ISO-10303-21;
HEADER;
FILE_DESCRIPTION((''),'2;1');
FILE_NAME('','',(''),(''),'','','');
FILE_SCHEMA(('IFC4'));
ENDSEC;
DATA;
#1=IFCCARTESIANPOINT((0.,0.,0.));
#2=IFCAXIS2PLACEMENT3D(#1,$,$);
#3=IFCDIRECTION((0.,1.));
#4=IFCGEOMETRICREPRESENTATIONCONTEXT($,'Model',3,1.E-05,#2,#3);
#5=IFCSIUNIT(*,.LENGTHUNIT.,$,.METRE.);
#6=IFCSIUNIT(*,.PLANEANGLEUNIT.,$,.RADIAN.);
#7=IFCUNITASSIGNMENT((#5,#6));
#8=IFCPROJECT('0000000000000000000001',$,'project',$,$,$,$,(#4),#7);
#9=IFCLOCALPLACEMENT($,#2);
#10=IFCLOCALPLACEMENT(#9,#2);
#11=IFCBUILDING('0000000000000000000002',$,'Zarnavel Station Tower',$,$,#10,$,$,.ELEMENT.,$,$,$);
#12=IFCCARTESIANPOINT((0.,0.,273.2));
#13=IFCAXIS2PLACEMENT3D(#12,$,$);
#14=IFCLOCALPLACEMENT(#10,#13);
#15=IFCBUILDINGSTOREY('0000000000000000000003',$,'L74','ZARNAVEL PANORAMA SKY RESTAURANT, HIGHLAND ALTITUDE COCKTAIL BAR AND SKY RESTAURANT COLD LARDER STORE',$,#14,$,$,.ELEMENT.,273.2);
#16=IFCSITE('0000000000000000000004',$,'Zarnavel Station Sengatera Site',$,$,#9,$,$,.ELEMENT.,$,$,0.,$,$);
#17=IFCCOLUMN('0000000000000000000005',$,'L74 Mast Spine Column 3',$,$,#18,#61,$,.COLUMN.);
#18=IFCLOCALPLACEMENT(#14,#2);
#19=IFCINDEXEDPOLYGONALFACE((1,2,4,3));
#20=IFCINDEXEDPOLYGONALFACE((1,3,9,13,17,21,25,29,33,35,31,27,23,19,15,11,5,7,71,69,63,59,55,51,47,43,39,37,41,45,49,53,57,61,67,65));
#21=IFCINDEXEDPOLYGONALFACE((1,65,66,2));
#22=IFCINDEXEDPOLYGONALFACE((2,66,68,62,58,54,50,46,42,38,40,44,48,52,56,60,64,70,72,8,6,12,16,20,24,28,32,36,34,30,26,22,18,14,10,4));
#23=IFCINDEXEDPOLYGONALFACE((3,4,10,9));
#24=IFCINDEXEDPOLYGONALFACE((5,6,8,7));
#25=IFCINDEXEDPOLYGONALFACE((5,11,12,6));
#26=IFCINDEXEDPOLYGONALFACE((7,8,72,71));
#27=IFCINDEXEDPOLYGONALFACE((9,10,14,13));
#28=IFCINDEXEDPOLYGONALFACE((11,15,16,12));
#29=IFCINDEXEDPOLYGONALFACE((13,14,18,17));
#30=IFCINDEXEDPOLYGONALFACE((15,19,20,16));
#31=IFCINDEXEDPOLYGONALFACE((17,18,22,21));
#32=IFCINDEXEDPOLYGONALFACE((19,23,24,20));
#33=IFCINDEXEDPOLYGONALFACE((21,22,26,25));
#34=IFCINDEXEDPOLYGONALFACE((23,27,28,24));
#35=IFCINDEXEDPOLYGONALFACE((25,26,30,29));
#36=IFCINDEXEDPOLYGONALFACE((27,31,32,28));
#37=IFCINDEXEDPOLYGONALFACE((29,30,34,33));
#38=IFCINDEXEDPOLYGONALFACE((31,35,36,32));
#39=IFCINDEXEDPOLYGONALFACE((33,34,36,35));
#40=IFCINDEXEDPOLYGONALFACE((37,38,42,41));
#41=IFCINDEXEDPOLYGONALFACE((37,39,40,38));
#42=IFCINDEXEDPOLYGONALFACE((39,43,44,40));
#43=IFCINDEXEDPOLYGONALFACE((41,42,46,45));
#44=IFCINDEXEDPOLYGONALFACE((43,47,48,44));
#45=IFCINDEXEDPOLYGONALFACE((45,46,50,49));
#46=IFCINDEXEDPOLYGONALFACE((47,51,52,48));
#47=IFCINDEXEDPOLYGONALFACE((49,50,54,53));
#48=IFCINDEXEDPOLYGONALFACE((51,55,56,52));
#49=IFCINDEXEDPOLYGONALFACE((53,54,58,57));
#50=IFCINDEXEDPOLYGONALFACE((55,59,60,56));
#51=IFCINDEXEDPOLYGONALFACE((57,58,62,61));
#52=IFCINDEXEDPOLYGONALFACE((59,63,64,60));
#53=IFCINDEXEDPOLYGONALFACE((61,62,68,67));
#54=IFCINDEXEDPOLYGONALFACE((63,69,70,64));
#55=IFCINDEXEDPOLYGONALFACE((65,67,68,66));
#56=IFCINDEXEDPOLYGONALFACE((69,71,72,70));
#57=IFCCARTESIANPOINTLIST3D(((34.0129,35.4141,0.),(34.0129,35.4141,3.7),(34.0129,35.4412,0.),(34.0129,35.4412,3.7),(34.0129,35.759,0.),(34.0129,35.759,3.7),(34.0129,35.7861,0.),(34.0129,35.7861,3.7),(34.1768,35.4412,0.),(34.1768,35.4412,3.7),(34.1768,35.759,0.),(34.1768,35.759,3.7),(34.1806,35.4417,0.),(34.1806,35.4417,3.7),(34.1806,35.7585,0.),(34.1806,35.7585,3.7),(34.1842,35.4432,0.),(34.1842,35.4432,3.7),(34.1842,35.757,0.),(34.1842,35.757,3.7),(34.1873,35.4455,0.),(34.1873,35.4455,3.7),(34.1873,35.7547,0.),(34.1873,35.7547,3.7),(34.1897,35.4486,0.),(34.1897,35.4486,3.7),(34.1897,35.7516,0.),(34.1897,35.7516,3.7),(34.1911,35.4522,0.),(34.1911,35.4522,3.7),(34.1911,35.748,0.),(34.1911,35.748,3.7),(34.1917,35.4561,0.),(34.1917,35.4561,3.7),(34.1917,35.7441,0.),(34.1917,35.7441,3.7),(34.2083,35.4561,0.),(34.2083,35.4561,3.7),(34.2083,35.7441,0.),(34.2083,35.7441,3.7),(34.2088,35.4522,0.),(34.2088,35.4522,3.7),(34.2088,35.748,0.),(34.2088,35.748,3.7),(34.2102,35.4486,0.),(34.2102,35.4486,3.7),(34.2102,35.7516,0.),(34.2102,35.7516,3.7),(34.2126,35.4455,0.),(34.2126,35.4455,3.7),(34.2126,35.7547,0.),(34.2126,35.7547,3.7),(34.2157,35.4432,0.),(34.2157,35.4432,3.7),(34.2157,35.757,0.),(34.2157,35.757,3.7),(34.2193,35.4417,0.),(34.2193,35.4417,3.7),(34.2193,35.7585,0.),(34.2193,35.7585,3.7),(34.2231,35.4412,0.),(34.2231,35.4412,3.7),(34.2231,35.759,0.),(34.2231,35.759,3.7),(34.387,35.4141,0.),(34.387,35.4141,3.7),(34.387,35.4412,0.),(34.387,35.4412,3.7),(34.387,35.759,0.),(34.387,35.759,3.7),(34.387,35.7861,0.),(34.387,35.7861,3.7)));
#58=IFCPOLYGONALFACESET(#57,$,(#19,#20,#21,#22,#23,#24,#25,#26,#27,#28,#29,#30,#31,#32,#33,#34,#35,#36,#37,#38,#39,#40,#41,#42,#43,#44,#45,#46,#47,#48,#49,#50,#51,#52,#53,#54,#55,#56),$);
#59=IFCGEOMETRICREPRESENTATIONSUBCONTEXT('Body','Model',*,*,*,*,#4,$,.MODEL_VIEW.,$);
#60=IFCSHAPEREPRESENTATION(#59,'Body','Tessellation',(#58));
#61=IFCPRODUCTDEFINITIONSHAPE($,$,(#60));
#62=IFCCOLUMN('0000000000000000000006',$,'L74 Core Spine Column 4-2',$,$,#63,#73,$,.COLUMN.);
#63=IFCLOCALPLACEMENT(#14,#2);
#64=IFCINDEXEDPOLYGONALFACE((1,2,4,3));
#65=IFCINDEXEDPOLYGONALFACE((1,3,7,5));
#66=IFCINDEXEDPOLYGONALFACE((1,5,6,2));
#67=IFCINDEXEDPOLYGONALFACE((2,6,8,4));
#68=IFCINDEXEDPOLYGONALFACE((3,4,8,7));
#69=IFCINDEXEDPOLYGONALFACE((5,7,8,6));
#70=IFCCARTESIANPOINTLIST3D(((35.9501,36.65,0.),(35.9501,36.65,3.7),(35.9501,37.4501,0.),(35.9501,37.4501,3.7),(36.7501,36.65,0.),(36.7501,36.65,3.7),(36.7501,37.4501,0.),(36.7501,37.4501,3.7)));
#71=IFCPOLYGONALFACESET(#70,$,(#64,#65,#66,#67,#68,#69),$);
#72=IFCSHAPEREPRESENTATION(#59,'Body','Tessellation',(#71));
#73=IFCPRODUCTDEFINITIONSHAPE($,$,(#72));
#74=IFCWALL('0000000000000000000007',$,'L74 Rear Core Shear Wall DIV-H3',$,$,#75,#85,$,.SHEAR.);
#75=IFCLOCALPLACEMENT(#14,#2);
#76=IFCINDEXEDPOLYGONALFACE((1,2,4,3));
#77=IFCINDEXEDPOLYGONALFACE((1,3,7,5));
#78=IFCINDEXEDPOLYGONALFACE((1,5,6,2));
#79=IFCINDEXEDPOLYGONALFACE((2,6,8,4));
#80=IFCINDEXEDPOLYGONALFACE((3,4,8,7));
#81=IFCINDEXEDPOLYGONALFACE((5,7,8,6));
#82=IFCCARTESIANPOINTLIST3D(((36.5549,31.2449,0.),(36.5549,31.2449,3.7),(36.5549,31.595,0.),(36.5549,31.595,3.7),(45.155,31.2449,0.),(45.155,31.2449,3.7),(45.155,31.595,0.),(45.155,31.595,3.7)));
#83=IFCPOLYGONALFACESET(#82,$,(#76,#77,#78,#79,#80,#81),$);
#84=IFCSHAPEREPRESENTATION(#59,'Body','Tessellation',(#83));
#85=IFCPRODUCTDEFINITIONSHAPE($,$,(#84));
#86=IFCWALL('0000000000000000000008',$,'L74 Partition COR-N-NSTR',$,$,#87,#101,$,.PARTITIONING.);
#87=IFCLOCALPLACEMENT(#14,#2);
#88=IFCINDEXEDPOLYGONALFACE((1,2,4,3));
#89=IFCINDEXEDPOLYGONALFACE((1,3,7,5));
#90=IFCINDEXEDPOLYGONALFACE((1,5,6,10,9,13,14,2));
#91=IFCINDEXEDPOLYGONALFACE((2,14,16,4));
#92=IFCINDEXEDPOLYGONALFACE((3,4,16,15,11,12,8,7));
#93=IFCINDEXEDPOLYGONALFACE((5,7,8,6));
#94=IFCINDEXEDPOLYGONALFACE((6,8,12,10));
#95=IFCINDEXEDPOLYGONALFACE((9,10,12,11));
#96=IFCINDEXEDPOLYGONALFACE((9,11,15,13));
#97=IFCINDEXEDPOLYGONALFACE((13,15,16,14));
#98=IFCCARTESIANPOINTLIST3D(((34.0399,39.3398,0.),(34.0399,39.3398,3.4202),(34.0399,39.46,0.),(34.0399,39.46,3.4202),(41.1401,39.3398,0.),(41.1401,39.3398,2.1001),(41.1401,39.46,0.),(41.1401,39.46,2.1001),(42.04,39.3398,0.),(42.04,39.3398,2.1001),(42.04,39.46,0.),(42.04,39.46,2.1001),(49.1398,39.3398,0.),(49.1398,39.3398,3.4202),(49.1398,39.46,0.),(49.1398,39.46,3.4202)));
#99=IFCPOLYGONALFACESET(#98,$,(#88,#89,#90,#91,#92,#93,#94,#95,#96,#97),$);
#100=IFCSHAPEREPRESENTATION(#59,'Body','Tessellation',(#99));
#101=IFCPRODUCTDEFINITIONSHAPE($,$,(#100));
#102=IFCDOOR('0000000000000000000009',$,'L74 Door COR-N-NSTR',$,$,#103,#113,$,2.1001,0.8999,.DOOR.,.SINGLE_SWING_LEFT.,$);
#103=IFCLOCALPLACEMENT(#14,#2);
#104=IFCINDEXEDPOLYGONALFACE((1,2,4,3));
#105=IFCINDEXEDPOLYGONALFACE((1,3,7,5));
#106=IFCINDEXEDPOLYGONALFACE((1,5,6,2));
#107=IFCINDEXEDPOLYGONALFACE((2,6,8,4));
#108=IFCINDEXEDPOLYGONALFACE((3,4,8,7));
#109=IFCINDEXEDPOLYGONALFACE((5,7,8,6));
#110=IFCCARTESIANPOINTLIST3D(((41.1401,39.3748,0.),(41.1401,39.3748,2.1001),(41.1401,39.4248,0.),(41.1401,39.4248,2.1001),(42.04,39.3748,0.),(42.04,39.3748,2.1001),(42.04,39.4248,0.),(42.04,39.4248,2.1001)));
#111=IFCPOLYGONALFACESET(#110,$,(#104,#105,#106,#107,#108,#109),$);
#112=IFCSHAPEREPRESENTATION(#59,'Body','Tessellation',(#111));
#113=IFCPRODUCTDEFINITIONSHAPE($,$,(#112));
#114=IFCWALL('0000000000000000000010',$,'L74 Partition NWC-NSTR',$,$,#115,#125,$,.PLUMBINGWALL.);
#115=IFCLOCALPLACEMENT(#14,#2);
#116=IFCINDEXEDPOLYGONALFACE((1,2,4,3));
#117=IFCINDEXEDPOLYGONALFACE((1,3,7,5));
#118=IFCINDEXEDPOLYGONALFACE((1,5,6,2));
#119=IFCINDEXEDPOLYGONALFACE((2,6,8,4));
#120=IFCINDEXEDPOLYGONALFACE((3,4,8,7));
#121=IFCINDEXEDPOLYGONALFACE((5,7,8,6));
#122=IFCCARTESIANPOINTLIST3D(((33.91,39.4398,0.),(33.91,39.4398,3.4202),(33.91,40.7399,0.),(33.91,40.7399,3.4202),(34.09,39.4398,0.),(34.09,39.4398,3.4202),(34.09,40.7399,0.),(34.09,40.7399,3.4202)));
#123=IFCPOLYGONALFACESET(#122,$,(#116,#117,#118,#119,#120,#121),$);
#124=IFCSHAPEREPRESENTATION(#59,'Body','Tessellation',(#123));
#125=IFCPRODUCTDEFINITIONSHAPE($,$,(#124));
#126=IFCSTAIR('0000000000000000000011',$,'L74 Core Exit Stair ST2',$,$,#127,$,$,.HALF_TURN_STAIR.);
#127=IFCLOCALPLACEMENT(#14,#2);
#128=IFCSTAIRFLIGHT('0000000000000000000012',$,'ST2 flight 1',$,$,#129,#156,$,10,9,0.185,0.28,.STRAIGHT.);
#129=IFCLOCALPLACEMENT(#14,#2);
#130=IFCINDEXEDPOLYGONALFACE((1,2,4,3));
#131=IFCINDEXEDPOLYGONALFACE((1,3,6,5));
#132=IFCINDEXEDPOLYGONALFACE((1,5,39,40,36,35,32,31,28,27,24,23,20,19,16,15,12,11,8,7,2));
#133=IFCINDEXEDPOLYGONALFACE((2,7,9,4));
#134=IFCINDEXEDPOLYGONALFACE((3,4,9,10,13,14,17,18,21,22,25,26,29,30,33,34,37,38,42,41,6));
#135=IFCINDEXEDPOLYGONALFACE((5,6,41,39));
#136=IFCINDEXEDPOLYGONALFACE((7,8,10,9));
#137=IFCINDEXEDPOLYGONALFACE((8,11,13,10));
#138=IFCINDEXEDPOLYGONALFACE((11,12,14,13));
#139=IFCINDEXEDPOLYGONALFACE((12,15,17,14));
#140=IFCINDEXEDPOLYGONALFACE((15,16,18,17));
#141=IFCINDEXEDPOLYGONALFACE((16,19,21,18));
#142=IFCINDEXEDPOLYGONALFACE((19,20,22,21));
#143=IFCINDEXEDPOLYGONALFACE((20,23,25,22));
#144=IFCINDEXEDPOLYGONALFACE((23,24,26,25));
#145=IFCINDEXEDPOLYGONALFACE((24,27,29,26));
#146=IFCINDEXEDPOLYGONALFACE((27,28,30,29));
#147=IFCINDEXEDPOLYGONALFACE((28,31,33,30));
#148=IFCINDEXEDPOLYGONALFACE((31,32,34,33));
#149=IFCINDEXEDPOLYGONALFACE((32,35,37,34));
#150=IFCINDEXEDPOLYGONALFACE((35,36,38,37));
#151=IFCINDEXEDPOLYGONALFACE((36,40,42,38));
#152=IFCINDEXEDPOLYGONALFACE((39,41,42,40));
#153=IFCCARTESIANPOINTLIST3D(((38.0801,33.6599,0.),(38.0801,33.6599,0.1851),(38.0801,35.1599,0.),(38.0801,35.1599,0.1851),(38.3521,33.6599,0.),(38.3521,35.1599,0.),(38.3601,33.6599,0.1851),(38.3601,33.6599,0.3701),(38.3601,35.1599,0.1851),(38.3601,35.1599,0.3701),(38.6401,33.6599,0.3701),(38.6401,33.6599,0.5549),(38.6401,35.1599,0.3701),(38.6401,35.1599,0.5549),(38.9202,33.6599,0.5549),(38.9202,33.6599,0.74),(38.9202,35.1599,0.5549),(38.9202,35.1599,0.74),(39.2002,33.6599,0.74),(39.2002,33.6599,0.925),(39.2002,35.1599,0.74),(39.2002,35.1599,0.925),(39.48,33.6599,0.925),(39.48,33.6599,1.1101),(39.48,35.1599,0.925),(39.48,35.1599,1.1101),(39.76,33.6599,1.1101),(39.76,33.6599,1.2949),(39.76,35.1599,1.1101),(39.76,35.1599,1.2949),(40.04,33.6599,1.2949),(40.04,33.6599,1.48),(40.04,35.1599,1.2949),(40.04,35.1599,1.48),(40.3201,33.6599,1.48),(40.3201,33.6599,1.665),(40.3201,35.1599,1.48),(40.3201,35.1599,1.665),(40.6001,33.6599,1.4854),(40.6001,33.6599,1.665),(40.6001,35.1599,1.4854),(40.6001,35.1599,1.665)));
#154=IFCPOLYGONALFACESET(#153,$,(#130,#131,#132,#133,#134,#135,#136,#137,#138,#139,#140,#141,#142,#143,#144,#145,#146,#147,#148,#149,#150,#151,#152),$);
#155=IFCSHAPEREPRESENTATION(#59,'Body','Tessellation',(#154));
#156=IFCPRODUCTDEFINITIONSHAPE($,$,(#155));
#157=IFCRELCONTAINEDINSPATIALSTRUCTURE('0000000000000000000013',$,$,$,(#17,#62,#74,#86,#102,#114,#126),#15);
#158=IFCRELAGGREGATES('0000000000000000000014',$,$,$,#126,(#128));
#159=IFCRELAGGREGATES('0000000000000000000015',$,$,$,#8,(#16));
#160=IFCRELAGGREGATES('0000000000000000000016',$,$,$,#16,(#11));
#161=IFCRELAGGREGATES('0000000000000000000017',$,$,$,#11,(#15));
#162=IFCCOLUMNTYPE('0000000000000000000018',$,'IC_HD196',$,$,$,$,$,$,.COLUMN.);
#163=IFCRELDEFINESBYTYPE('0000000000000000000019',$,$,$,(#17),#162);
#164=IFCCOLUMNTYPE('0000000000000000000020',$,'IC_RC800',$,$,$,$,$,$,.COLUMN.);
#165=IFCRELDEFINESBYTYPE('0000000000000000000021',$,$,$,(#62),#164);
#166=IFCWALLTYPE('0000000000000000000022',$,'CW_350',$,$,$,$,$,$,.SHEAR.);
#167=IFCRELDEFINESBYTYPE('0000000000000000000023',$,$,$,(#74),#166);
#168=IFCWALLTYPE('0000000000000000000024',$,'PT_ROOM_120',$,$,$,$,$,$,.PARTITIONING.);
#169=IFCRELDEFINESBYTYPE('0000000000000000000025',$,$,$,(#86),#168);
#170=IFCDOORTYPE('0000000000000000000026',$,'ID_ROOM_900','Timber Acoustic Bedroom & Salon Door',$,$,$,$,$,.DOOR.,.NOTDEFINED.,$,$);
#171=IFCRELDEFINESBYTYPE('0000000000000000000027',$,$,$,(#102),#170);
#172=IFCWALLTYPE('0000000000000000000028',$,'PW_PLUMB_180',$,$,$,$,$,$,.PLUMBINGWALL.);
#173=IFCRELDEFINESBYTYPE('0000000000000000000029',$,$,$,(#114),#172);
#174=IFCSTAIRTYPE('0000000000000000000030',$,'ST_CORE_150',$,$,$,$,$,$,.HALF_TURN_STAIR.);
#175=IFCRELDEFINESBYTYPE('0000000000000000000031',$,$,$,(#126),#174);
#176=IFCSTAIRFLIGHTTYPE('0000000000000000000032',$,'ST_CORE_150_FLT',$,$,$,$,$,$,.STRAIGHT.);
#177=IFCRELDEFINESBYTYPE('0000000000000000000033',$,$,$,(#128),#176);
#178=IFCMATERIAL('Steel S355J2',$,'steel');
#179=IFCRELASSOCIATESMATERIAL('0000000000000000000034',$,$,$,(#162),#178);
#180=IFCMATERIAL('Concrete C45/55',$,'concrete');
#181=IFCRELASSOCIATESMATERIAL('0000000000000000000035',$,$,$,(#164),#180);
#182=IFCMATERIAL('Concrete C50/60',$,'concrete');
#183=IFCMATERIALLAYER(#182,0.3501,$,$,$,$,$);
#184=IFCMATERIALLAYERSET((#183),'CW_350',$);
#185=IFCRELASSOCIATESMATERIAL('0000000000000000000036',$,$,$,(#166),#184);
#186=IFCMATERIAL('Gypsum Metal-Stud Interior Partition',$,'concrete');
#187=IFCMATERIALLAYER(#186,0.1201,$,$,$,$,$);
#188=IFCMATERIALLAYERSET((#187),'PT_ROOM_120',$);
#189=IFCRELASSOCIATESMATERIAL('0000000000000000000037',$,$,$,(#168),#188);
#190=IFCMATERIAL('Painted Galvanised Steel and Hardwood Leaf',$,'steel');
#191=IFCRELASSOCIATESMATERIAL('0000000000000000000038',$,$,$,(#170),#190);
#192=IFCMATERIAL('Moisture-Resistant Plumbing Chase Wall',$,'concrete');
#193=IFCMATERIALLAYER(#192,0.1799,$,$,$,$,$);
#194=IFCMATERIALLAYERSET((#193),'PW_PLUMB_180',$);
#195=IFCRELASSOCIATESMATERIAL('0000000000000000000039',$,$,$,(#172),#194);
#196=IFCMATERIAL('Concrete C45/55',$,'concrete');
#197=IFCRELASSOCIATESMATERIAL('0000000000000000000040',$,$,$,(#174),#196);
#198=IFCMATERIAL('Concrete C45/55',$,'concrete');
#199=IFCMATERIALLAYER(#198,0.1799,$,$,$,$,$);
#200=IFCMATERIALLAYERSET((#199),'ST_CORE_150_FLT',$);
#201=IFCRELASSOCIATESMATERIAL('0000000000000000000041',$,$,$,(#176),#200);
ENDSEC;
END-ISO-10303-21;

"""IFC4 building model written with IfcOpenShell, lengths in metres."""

from ifc_helpers import new_model, si_unit, direction, frame, frame_2d, origin, origin_2d, place, context, subcontext, project, spatial, polyline, rectangle, i_section, outline, extrude, material, layer, layer_set, material_profile, profile_set, type_object, element, fill, aggregate, save


model = new_model("IFC4")

# Units and contexts
model_context = context("Model", 3, precision=1e-05, world=origin(), true_north=direction((0.0, 1.0)))
body_context = subcontext(model_context, "Body", "Model", "MODEL_VIEW")
ifc_project = project(units=[si_unit("LENGTHUNIT", "METRE"), si_unit("PLANEANGLEUNIT", "RADIAN")], contexts=[model_context])

# Site, building, storey
site_placement = place(None, origin())
site = spatial("IfcSite", under=ifc_project, at=site_placement, Name="Zarnavel Station Sengatera Site", CompositionType="ELEMENT", RefElevation=0.0)
building_placement = place(site_placement, origin())
building = spatial("IfcBuilding", under=site, at=building_placement, Name="Zarnavel Station Tower", CompositionType="ELEMENT")
storey_placement = place(building_placement, frame((0.0, 0.0, 273.2)))
storey = spatial("IfcBuildingStorey", under=building, at=storey_placement, Name="L74", Description="ZARNAVEL PANORAMA SKY RESTAURANT, HIGHLAND ALTITUDE COCKTAIL BAR AND SKY RESTAURANT COLD LARDER STORE", CompositionType="ELEMENT", Elevation=273.2)

# Columns
ifc_material_1 = material(Name="Steel S355J2", Category="steel")
ifc_material_profile_1 = material_profile(ifc_material_1, i_section(OverallWidth=0.374, OverallDepth=0.3721, WebThickness=0.0166, FlangeThickness=0.0271, FilletRadius=0.0149, at=origin_2d()), Name="HD360x196")
ifc_profile_set_1 = profile_set([ifc_material_profile_1], Name="Steel S355J2")
column_type_1 = type_object("IfcColumnType", Name="IC_HD196", PredefinedType="COLUMN", material=ifc_profile_set_1)
column_1_placement = place(storey_placement, frame((34.2, 35.6001, 0.0), z_axis=(0.0, 0.0, 1.0), x_axis=(1.0, 0.0, 0.0)))
element("IfcColumn", 1, at=column_1_placement, inside=storey, type_object=column_type_1, Name="L74 Mast Spine Column 3", PredefinedType="COLUMN", context=body_context, shape_type="SweptSolid", body=[
    extrude(i_section(OverallWidth=0.374, OverallDepth=0.3721, WebThickness=0.0166, FlangeThickness=0.0271, FilletRadius=0.0149, at=origin_2d()), origin(), (0.0, 0.0, 1.0), 3.7),
])
ifc_material_2 = material(Name="Concrete C45/55", Category="concrete")
ifc_material_profile_2 = material_profile(ifc_material_2, rectangle(XDim=0.8, YDim=0.8, at=origin_2d()), Name="RC800x800")
ifc_profile_set_2 = profile_set([ifc_material_profile_2], Name="Concrete C45/55")
column_type_2 = type_object("IfcColumnType", Name="IC_RC800", PredefinedType="COLUMN", material=ifc_profile_set_2)
column_2_placement = place(storey_placement, frame((36.3501, 37.05, 0.0), z_axis=(0.0, 0.0, 1.0), x_axis=(1.0, 0.0, 0.0)))
element("IfcColumn", 2, at=column_2_placement, inside=storey, type_object=column_type_2, Name="L74 Core Spine Column 4-2", PredefinedType="COLUMN", context=body_context, shape_type="SweptSolid", body=[
    extrude(rectangle(XDim=0.8, YDim=0.8, at=origin_2d()), origin(), (0.0, 0.0, 1.0), 3.7),
])

# Wall
ifc_material_3 = material(Name="Concrete C50/60", Category="concrete")
ifc_layer_1 = layer(ifc_material_3, 0.3501)
ifc_layer_set_1 = layer_set([ifc_layer_1], Name="CW_350")
wall_type_1 = type_object("IfcWallType", Name="CW_350", PredefinedType="SHEAR", material=ifc_layer_set_1)
wall_1_placement = place(storey_placement, frame((36.5549, 31.4199, 0.0), z_axis=(0.0, 0.0, 1.0), x_axis=(1.0, 0.0, 0.0)))
element("IfcWall", 3, at=wall_1_placement, inside=storey, type_object=wall_type_1, Name="L74 Rear Core Shear Wall DIV-H3", PredefinedType="SHEAR", context=body_context, shape_type="SweptSolid", body=[
    extrude(rectangle(XDim=8.6001, YDim=0.3501, at=frame_2d((4.3, 0.0))), origin(), (0.0, 0.0, 1.0), 3.7),
])

# Wall, opening, door
ifc_material_4 = material(Name="Gypsum Metal-Stud Interior Partition", Category="concrete")
ifc_layer_2 = layer(ifc_material_4, 0.1201)
ifc_layer_set_2 = layer_set([ifc_layer_2], Name="PT_ROOM_120")
wall_type_2 = type_object("IfcWallType", Name="PT_ROOM_120", PredefinedType="PARTITIONING", material=ifc_layer_set_2)
wall_2_placement = place(storey_placement, frame((34.04, 39.3999, 0.0), z_axis=(0.0, 0.0, 1.0), x_axis=(1.0, 0.0, 0.0)))
wall_2 = element("IfcWall", 4, at=wall_2_placement, inside=storey, type_object=wall_type_2, Name="L74 Partition COR-N-NSTR", PredefinedType="PARTITIONING", context=body_context, shape_type="SweptSolid", body=[
    extrude(rectangle(XDim=15.0999, YDim=0.1201, at=frame_2d((7.5498, 0.0))), origin(), (0.0, 0.0, 1.0), 3.4202),
])
opening_1_placement = place(wall_2_placement, frame((7.1001, 0.0, 0.0)))
opening_1 = element("IfcOpeningElement", 5, at=opening_1_placement, cuts=wall_2, PredefinedType="OPENING", context=body_context, shape_type="SweptSolid", body=[
    extrude(rectangle(XDim=0.8999, YDim=2.1001, at=frame_2d((0.45, 1.05))), frame((0.0, 0.0701, 0.0), z_axis=(0.0, -1.0, 0.0), x_axis=(1.0, 0.0, 0.0)), (0.0, 0.0, 1.0), 0.1401),
])
ifc_material_5 = material(Name="Painted Galvanised Steel and Hardwood Leaf", Category="steel")
door_type_1 = type_object("IfcDoorType", Name="ID_ROOM_900", Description="Timber Acoustic Bedroom & Salon Door", OperationType="NOTDEFINED", PredefinedType="DOOR", material=ifc_material_5)
door_1_placement = place(opening_1_placement, origin())
door_1 = element("IfcDoor", 6, at=door_1_placement, inside=storey, type_object=door_type_1, Name="L74 Door COR-N-NSTR", OperationType="SINGLE_SWING_LEFT", OverallHeight=2.1001, OverallWidth=0.8999, PredefinedType="DOOR", context=body_context, shape_type="SweptSolid", body=[
    extrude(rectangle(XDim=0.8999, YDim=2.1001, at=frame_2d((0.45, 1.05))), frame((0.0, 0.0249, 0.0), z_axis=(0.0, -1.0, 0.0), x_axis=(1.0, 0.0, 0.0)), (0.0, 0.0, 1.0), 0.05),
])
fill(opening_1, door_1)

# Wall
ifc_material_6 = material(Name="Moisture-Resistant Plumbing Chase Wall", Category="concrete")
ifc_layer_3 = layer(ifc_material_6, 0.1799)
ifc_layer_set_3 = layer_set([ifc_layer_3], Name="PW_PLUMB_180")
wall_type_3 = type_object("IfcWallType", Name="PW_PLUMB_180", PredefinedType="PLUMBINGWALL", material=ifc_layer_set_3)
wall_3_placement = place(storey_placement, frame((34.0, 39.4399, 0.0), z_axis=(0.0, 0.0, 1.0), x_axis=(0.0, 1.0, 0.0)))
element("IfcWall", 7, at=wall_3_placement, inside=storey, type_object=wall_type_3, Name="L74 Partition NWC-NSTR", PredefinedType="PLUMBINGWALL", context=body_context, shape_type="SweptSolid", body=[
    extrude(rectangle(XDim=1.3, YDim=0.1799, at=frame_2d((0.6499, 0.0))), origin(), (0.0, 0.0, 1.0), 3.4202),
])

# Stair, stair flight
ifc_material_7 = material(Name="Concrete C45/55", Category="concrete")
stair_type = type_object("IfcStairType", Name="ST_CORE_150", PredefinedType="HALF_TURN_STAIR", material=ifc_material_7)
stair_placement = place(storey_placement, origin())
stair = element("IfcStair", 8, at=stair_placement, inside=storey, type_object=stair_type, Name="L74 Core Exit Stair ST2", PredefinedType="HALF_TURN_STAIR")
ifc_material_8 = material(Name="Concrete C45/55", Category="concrete")
ifc_layer_4 = layer(ifc_material_8, 0.1799)
ifc_layer_set_4 = layer_set([ifc_layer_4], Name="ST_CORE_150_FLT")
stair_flight_type = type_object("IfcStairFlightType", Name="ST_CORE_150_FLT", PredefinedType="STRAIGHT", material=ifc_layer_set_4)
stair_flight_1_placement = place(storey_placement, frame((38.0801, 34.4099, 0.0), z_axis=(0.0, 0.0, 1.0), x_axis=(1.0, 0.0, 0.0)))
stair_flight_1 = element("IfcStairFlight", 9, at=stair_flight_1_placement, type_object=stair_flight_type, Name="ST2 flight 1", NumberOfRisers=10, NumberOfTreads=9, PredefinedType="STRAIGHT", RiserHeight=0.185, TreadLength=0.28, context=body_context, shape_type="SweptSolid", body=[
    extrude(outline(polyline([(0.0, 0.0), (0.0, 0.1851), (0.28, 0.1851), (0.28, 0.3701), (0.5601, 0.3701), (0.5601, 0.5549), (0.8401, 0.5549), (0.8401, 0.74), (1.1201, 0.74), (1.1201, 0.925), (1.3999, 0.925), (1.3999, 1.1101), (1.6799, 1.1101), (1.6799, 1.2949), (1.96, 1.2949), (1.96, 1.48), (2.24, 1.48), (2.24, 1.665), (2.52, 1.665), (2.52, 1.8501), (2.52, 1.4854), (0.272, 0.0), (0.0, 0.0)])), frame((0.0, 0.75, 0.0), z_axis=(0.0, -1.0, 0.0), x_axis=(1.0, 0.0, 0.0)), (0.0, 0.0, 1.0), 1.5),
])
aggregate(stair, [stair_flight_1])

save(model, "model.ifc")
